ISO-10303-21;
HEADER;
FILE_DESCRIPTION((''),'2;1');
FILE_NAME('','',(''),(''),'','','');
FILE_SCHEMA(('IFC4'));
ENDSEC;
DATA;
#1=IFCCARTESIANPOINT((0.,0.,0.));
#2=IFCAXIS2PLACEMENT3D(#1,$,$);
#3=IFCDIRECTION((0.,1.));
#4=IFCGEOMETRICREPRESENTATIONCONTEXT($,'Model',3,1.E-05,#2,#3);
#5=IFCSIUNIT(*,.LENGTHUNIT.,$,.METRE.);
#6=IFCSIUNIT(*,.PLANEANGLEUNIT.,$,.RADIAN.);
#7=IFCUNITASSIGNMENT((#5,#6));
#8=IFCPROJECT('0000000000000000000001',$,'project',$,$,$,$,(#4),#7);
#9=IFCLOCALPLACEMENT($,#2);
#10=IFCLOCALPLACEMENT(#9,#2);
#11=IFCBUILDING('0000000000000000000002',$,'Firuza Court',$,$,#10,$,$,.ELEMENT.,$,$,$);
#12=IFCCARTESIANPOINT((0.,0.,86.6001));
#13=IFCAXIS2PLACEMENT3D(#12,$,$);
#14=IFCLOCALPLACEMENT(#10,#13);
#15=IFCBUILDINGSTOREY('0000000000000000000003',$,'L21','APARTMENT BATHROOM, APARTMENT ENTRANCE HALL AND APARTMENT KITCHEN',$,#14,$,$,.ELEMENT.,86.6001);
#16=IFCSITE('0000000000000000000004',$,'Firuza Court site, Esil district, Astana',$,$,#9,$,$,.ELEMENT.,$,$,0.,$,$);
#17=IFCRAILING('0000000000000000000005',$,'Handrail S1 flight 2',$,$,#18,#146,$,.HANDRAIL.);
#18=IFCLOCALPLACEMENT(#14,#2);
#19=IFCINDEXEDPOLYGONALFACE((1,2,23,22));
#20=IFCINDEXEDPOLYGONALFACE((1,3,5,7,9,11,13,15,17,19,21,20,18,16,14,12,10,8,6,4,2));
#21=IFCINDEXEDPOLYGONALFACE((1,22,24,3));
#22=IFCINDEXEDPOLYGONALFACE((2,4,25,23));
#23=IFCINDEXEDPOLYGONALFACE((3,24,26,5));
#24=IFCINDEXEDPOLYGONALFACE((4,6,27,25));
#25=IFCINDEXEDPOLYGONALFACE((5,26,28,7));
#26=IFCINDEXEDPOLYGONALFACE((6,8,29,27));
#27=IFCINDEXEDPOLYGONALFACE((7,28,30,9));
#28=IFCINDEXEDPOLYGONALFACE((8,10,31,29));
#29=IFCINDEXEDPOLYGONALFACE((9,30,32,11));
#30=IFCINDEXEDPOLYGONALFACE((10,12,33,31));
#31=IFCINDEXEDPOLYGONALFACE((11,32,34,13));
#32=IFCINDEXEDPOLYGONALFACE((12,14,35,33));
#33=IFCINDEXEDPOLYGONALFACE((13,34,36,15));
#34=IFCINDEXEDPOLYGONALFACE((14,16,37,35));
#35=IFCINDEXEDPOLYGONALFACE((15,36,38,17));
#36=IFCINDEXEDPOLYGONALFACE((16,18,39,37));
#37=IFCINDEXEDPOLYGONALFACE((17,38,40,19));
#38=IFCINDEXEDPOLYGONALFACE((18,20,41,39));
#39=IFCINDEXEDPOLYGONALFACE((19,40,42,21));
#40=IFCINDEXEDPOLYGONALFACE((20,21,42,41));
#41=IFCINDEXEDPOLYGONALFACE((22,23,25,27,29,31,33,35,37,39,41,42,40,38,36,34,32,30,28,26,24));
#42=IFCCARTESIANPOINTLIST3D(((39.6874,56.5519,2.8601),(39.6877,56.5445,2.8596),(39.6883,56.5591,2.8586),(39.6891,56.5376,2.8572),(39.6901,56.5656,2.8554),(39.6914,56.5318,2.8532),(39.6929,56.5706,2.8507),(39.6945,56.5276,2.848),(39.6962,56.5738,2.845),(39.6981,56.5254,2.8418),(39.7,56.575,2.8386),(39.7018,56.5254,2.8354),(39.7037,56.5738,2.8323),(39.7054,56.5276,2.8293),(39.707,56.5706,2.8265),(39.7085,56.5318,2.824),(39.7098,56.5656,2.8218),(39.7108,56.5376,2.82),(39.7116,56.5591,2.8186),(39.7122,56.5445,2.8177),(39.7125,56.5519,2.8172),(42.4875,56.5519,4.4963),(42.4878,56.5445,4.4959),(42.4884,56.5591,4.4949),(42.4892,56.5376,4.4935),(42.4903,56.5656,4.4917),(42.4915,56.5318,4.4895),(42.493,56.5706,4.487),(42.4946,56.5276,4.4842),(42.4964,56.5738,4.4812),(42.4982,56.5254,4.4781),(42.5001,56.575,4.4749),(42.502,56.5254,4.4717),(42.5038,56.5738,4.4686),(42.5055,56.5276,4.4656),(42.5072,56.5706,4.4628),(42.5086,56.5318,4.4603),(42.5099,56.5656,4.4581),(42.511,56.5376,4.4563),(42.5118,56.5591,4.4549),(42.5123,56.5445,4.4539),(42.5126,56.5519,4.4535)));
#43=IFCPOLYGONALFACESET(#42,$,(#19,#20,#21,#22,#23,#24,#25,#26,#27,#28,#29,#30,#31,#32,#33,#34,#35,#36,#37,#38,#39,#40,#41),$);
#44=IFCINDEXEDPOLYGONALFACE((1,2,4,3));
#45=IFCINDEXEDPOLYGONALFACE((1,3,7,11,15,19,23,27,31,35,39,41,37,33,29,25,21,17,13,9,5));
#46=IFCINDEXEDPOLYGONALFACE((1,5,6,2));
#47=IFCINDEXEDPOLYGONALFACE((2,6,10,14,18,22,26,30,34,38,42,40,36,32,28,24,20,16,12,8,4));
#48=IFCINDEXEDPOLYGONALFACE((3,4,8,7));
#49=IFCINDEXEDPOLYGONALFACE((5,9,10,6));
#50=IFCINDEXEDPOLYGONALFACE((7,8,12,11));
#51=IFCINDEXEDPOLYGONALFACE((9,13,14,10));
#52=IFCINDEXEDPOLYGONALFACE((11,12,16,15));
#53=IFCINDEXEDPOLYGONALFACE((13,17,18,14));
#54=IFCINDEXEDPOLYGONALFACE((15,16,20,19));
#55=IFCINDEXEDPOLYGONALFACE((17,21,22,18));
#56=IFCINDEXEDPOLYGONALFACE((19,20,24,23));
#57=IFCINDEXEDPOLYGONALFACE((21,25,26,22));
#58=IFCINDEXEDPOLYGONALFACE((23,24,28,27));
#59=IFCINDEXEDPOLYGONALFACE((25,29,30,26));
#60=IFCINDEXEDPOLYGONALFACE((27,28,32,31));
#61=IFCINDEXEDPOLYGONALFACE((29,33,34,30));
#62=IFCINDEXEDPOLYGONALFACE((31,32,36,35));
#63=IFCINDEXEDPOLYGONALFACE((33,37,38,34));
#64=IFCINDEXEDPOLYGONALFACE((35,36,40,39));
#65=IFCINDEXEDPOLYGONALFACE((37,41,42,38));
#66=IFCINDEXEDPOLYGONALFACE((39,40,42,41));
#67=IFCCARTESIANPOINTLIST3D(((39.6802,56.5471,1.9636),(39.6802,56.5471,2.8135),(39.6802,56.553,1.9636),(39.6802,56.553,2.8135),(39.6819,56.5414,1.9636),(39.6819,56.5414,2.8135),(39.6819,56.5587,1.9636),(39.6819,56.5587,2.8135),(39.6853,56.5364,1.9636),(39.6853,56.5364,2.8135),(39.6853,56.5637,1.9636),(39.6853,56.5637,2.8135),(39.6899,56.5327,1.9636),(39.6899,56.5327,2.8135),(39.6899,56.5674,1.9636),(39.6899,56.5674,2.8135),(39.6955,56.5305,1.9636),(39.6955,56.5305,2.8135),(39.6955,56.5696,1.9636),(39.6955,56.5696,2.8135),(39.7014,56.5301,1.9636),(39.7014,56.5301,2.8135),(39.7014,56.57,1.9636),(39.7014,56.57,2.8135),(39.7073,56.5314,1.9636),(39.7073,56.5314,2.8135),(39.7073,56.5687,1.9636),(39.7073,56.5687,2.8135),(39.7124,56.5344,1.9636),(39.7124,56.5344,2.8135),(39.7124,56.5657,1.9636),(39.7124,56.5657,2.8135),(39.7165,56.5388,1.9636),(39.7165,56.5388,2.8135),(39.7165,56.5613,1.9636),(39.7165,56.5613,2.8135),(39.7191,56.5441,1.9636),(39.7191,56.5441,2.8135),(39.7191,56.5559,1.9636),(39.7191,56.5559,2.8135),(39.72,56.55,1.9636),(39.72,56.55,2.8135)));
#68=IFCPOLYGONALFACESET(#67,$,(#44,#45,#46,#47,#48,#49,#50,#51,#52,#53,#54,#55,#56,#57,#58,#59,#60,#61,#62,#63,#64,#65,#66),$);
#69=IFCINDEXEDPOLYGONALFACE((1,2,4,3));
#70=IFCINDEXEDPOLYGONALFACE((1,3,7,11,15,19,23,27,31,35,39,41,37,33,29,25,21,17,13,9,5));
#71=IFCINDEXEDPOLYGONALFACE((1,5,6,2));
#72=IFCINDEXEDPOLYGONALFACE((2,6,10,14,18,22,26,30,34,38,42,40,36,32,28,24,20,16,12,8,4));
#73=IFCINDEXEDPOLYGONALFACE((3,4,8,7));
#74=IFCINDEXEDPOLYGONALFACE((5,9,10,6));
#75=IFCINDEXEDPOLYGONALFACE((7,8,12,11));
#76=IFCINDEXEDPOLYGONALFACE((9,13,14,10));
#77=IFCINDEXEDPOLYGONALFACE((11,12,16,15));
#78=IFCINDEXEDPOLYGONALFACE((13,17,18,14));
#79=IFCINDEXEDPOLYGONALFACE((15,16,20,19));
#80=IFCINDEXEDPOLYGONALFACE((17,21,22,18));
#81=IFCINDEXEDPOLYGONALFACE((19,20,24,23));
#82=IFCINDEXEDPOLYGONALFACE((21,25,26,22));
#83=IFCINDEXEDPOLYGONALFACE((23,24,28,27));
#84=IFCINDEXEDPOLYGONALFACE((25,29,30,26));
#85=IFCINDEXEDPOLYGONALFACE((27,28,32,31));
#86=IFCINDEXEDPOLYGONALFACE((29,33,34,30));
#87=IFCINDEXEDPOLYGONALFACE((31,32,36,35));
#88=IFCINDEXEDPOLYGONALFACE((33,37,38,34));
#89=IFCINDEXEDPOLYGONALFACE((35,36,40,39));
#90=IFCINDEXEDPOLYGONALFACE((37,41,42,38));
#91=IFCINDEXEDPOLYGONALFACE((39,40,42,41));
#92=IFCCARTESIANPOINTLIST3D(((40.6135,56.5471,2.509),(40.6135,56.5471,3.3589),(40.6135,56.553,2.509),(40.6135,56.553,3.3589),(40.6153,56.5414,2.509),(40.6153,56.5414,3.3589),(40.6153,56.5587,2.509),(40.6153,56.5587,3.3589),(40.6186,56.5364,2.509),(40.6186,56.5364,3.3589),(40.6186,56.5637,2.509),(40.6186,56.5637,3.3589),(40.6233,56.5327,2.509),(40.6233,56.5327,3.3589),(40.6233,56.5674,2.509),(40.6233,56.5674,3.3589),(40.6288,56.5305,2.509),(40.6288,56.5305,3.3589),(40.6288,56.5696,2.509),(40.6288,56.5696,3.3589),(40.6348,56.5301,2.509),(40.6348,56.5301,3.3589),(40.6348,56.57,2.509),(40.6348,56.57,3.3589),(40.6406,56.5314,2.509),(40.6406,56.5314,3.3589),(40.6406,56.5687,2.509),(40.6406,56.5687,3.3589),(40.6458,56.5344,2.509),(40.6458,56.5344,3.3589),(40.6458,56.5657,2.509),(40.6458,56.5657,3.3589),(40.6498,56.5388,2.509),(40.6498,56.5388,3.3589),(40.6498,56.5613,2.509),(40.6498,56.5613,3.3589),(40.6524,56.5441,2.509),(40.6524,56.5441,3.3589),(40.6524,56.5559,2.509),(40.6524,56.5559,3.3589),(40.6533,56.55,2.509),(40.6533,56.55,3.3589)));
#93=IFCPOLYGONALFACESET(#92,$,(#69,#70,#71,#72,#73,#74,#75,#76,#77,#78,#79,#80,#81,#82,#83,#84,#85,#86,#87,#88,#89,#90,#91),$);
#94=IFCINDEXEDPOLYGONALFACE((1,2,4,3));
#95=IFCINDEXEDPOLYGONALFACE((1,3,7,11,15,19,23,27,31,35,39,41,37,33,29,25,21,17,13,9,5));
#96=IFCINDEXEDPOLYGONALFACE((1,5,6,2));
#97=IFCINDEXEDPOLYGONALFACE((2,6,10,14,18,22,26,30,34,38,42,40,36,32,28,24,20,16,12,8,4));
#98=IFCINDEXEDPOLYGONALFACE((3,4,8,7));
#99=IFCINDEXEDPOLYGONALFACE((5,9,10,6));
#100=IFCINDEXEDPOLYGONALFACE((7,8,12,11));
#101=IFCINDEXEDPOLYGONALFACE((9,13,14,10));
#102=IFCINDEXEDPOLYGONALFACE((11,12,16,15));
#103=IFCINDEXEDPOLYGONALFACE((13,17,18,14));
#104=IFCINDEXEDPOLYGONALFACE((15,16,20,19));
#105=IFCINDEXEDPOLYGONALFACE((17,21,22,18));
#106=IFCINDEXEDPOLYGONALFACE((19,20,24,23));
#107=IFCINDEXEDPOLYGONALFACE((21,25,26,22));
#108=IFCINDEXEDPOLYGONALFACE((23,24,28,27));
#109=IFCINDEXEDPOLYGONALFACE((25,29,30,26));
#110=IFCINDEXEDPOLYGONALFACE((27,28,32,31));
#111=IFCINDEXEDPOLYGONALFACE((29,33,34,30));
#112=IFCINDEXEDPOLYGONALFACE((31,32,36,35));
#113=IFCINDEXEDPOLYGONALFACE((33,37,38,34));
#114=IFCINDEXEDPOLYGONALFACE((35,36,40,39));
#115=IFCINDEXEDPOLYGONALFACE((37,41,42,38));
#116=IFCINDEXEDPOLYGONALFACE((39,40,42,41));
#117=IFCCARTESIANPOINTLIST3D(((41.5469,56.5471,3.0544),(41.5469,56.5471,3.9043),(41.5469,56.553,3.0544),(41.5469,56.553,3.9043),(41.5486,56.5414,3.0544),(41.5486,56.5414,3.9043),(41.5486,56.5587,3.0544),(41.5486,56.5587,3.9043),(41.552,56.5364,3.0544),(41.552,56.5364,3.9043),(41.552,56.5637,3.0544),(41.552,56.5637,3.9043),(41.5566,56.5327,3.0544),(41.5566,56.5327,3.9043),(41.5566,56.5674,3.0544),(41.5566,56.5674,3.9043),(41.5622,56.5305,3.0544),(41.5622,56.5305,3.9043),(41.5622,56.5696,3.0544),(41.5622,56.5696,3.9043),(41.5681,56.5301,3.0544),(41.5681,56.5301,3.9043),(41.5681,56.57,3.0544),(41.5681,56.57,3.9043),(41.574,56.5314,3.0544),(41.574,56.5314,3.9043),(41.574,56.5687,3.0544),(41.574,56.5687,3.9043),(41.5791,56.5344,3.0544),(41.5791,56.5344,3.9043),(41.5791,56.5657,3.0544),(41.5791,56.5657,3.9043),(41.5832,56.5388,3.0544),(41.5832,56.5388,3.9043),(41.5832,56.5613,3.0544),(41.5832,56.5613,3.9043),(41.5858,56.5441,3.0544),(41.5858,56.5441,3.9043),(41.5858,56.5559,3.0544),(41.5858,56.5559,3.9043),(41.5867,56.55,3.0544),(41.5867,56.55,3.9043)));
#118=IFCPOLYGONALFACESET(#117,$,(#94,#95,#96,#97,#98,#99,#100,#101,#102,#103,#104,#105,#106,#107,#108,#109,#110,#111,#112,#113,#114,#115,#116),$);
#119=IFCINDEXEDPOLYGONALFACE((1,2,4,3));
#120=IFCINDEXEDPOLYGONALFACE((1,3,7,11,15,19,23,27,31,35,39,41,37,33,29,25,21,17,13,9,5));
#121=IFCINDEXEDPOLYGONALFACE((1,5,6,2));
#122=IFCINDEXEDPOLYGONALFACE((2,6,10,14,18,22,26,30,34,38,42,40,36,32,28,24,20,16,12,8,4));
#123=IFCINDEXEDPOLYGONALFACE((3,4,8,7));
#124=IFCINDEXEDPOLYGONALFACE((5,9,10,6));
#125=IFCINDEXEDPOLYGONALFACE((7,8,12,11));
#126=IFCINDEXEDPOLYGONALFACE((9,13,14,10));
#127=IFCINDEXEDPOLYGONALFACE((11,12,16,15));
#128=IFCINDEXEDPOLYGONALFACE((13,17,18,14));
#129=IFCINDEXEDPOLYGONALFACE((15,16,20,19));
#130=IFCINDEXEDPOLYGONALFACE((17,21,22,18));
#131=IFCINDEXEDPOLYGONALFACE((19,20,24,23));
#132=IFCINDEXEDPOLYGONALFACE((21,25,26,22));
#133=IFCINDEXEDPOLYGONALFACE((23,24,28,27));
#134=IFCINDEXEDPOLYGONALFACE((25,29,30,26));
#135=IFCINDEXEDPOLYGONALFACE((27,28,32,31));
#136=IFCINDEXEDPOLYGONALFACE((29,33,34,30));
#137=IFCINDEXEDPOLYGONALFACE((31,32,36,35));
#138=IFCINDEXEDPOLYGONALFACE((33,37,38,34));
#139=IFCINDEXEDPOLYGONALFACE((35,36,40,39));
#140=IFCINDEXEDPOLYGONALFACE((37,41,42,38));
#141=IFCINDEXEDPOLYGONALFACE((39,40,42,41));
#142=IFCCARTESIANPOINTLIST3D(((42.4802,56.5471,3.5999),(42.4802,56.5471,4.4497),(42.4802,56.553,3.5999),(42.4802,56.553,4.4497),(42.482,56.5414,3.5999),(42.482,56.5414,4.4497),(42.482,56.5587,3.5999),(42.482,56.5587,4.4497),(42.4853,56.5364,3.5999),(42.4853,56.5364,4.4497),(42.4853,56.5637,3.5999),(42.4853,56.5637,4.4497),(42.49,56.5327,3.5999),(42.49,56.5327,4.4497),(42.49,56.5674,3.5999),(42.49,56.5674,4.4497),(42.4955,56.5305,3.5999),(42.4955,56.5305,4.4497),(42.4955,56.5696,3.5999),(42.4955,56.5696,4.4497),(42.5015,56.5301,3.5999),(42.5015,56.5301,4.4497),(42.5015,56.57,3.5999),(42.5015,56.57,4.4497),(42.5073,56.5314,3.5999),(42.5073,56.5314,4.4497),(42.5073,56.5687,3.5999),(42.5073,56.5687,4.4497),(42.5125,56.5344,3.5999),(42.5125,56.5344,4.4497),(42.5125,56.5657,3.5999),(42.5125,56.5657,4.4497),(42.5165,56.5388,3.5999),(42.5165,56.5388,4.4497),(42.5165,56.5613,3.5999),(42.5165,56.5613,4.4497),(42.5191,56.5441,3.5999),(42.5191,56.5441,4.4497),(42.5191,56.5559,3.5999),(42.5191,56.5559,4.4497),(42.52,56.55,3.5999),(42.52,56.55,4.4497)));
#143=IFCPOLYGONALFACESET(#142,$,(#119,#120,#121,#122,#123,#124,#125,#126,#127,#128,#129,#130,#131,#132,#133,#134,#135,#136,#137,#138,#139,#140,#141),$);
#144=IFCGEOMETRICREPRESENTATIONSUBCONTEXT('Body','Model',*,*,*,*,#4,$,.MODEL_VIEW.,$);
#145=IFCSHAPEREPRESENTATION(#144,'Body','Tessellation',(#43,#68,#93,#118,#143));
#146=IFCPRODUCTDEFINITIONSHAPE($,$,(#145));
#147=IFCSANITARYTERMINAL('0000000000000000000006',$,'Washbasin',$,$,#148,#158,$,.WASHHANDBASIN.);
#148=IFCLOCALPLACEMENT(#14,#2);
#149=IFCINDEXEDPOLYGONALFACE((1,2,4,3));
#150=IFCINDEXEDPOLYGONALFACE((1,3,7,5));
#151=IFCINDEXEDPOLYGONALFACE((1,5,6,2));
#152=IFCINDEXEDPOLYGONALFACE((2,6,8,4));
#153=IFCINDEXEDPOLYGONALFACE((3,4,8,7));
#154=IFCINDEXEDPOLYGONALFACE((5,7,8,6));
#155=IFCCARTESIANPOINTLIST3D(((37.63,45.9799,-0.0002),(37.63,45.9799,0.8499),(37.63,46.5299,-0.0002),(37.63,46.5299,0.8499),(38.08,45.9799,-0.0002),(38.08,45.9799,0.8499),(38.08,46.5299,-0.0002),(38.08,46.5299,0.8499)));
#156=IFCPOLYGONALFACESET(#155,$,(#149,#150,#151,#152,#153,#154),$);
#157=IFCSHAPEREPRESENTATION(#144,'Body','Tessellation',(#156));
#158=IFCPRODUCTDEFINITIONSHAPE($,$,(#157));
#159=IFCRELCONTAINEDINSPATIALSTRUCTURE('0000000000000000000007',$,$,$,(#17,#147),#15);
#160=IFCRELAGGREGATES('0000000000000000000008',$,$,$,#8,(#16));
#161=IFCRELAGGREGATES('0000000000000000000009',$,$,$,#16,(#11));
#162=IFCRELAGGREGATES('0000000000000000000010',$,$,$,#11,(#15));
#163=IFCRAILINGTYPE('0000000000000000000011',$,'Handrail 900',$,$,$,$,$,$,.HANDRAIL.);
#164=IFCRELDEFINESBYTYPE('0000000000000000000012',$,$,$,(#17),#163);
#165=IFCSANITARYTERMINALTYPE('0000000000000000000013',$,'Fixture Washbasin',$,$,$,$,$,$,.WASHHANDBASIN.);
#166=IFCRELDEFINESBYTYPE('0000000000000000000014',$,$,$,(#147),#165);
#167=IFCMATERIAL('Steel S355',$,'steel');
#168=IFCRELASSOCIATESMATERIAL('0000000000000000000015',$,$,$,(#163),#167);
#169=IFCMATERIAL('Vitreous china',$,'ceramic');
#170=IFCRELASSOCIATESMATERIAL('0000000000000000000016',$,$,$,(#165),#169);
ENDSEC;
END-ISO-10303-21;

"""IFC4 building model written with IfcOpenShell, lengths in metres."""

from ifc_helpers import new_model, si_unit, direction, frame, origin, origin_2d, place, context, subcontext, project, spatial, rectangle, circle, extrude, material, type_object, element, save


model = new_model("IFC4")

# Units and contexts
model_context = context("Model", 3, precision=1e-05, world=origin(), true_north=direction((0.0, 1.0)))
body_context = subcontext(model_context, "Body", "Model", "MODEL_VIEW")
ifc_project = project(units=[si_unit("LENGTHUNIT", "METRE"), si_unit("PLANEANGLEUNIT", "RADIAN")], contexts=[model_context])

# Site, building, storey
site_placement = place(None, origin())
site = spatial("IfcSite", under=ifc_project, at=site_placement, Name="Firuza Court site, Esil district, Astana", CompositionType="ELEMENT", RefElevation=0.0)
building_placement = place(site_placement, origin())
building = spatial("IfcBuilding", under=site, at=building_placement, Name="Firuza Court", CompositionType="ELEMENT")
storey_placement = place(building_placement, frame((0.0, 0.0, 86.6001)))
storey = spatial("IfcBuildingStorey", under=building, at=storey_placement, Name="L21", Description="APARTMENT BATHROOM, APARTMENT ENTRANCE HALL AND APARTMENT KITCHEN", CompositionType="ELEMENT", Elevation=86.6001)

# Railing
ifc_material_1 = material(Name="Steel S355", Category="steel")
railing_type_1 = type_object("IfcRailingType", Name="Handrail 900", PredefinedType="HANDRAIL", material=ifc_material_1)
railing_1_placement = place(storey_placement, frame((39.7, 56.55, 1.9636)))
element("IfcRailing", 1, at=railing_1_placement, inside=storey, type_object=railing_type_1, Name="Handrail S1 flight 2", PredefinedType="HANDRAIL", context=body_context, shape_type="SweptSolid", body=[
    extrude(circle(Radius=0.0249, at=origin_2d()), frame((0.0, 0.0, 0.875), z_axis=(0.863394, 0.0, 0.504531), x_axis=(0.0, 1.0, 0.0)), (0.0, 0.0, 1.0), 3.2432),
    extrude(circle(Radius=0.02, at=origin_2d()), origin(), (0.0, 0.0, 1.0), 0.8499),
    extrude(circle(Radius=0.02, at=origin_2d()), frame((0.9333, 0.0, 0.5454)), (0.0, 0.0, 1.0), 0.8499),
    extrude(circle(Radius=0.02, at=origin_2d()), frame((1.8667, 0.0, 1.0908)), (0.0, 0.0, 1.0), 0.8499),
    extrude(circle(Radius=0.02, at=origin_2d()), frame((2.8, 0.0, 1.6362)), (0.0, 0.0, 1.0), 0.8499),
])

# Sanitary terminal
ifc_material_2 = material(Name="Vitreous china", Category="ceramic")
sanitary_terminal_type = type_object("IfcSanitaryTerminalType", Name="Fixture Washbasin", PredefinedType="WASHHANDBASIN", material=ifc_material_2)
sanitary_terminal_placement = place(storey_placement, frame((37.855, 46.2549, -0.0002), z_axis=(0.0, 0.0, 1.0), x_axis=(1.0, 0.0, 0.0)))
element("IfcSanitaryTerminal", 2, at=sanitary_terminal_placement, inside=storey, type_object=sanitary_terminal_type, Name="Washbasin", PredefinedType="WASHHANDBASIN", context=body_context, shape_type="SweptSolid", body=[
    extrude(rectangle(XDim=0.45, YDim=0.55, at=origin_2d()), origin(), (0.0, 0.0, 1.0), 0.8501),
])

save(model, "model.ifc")
